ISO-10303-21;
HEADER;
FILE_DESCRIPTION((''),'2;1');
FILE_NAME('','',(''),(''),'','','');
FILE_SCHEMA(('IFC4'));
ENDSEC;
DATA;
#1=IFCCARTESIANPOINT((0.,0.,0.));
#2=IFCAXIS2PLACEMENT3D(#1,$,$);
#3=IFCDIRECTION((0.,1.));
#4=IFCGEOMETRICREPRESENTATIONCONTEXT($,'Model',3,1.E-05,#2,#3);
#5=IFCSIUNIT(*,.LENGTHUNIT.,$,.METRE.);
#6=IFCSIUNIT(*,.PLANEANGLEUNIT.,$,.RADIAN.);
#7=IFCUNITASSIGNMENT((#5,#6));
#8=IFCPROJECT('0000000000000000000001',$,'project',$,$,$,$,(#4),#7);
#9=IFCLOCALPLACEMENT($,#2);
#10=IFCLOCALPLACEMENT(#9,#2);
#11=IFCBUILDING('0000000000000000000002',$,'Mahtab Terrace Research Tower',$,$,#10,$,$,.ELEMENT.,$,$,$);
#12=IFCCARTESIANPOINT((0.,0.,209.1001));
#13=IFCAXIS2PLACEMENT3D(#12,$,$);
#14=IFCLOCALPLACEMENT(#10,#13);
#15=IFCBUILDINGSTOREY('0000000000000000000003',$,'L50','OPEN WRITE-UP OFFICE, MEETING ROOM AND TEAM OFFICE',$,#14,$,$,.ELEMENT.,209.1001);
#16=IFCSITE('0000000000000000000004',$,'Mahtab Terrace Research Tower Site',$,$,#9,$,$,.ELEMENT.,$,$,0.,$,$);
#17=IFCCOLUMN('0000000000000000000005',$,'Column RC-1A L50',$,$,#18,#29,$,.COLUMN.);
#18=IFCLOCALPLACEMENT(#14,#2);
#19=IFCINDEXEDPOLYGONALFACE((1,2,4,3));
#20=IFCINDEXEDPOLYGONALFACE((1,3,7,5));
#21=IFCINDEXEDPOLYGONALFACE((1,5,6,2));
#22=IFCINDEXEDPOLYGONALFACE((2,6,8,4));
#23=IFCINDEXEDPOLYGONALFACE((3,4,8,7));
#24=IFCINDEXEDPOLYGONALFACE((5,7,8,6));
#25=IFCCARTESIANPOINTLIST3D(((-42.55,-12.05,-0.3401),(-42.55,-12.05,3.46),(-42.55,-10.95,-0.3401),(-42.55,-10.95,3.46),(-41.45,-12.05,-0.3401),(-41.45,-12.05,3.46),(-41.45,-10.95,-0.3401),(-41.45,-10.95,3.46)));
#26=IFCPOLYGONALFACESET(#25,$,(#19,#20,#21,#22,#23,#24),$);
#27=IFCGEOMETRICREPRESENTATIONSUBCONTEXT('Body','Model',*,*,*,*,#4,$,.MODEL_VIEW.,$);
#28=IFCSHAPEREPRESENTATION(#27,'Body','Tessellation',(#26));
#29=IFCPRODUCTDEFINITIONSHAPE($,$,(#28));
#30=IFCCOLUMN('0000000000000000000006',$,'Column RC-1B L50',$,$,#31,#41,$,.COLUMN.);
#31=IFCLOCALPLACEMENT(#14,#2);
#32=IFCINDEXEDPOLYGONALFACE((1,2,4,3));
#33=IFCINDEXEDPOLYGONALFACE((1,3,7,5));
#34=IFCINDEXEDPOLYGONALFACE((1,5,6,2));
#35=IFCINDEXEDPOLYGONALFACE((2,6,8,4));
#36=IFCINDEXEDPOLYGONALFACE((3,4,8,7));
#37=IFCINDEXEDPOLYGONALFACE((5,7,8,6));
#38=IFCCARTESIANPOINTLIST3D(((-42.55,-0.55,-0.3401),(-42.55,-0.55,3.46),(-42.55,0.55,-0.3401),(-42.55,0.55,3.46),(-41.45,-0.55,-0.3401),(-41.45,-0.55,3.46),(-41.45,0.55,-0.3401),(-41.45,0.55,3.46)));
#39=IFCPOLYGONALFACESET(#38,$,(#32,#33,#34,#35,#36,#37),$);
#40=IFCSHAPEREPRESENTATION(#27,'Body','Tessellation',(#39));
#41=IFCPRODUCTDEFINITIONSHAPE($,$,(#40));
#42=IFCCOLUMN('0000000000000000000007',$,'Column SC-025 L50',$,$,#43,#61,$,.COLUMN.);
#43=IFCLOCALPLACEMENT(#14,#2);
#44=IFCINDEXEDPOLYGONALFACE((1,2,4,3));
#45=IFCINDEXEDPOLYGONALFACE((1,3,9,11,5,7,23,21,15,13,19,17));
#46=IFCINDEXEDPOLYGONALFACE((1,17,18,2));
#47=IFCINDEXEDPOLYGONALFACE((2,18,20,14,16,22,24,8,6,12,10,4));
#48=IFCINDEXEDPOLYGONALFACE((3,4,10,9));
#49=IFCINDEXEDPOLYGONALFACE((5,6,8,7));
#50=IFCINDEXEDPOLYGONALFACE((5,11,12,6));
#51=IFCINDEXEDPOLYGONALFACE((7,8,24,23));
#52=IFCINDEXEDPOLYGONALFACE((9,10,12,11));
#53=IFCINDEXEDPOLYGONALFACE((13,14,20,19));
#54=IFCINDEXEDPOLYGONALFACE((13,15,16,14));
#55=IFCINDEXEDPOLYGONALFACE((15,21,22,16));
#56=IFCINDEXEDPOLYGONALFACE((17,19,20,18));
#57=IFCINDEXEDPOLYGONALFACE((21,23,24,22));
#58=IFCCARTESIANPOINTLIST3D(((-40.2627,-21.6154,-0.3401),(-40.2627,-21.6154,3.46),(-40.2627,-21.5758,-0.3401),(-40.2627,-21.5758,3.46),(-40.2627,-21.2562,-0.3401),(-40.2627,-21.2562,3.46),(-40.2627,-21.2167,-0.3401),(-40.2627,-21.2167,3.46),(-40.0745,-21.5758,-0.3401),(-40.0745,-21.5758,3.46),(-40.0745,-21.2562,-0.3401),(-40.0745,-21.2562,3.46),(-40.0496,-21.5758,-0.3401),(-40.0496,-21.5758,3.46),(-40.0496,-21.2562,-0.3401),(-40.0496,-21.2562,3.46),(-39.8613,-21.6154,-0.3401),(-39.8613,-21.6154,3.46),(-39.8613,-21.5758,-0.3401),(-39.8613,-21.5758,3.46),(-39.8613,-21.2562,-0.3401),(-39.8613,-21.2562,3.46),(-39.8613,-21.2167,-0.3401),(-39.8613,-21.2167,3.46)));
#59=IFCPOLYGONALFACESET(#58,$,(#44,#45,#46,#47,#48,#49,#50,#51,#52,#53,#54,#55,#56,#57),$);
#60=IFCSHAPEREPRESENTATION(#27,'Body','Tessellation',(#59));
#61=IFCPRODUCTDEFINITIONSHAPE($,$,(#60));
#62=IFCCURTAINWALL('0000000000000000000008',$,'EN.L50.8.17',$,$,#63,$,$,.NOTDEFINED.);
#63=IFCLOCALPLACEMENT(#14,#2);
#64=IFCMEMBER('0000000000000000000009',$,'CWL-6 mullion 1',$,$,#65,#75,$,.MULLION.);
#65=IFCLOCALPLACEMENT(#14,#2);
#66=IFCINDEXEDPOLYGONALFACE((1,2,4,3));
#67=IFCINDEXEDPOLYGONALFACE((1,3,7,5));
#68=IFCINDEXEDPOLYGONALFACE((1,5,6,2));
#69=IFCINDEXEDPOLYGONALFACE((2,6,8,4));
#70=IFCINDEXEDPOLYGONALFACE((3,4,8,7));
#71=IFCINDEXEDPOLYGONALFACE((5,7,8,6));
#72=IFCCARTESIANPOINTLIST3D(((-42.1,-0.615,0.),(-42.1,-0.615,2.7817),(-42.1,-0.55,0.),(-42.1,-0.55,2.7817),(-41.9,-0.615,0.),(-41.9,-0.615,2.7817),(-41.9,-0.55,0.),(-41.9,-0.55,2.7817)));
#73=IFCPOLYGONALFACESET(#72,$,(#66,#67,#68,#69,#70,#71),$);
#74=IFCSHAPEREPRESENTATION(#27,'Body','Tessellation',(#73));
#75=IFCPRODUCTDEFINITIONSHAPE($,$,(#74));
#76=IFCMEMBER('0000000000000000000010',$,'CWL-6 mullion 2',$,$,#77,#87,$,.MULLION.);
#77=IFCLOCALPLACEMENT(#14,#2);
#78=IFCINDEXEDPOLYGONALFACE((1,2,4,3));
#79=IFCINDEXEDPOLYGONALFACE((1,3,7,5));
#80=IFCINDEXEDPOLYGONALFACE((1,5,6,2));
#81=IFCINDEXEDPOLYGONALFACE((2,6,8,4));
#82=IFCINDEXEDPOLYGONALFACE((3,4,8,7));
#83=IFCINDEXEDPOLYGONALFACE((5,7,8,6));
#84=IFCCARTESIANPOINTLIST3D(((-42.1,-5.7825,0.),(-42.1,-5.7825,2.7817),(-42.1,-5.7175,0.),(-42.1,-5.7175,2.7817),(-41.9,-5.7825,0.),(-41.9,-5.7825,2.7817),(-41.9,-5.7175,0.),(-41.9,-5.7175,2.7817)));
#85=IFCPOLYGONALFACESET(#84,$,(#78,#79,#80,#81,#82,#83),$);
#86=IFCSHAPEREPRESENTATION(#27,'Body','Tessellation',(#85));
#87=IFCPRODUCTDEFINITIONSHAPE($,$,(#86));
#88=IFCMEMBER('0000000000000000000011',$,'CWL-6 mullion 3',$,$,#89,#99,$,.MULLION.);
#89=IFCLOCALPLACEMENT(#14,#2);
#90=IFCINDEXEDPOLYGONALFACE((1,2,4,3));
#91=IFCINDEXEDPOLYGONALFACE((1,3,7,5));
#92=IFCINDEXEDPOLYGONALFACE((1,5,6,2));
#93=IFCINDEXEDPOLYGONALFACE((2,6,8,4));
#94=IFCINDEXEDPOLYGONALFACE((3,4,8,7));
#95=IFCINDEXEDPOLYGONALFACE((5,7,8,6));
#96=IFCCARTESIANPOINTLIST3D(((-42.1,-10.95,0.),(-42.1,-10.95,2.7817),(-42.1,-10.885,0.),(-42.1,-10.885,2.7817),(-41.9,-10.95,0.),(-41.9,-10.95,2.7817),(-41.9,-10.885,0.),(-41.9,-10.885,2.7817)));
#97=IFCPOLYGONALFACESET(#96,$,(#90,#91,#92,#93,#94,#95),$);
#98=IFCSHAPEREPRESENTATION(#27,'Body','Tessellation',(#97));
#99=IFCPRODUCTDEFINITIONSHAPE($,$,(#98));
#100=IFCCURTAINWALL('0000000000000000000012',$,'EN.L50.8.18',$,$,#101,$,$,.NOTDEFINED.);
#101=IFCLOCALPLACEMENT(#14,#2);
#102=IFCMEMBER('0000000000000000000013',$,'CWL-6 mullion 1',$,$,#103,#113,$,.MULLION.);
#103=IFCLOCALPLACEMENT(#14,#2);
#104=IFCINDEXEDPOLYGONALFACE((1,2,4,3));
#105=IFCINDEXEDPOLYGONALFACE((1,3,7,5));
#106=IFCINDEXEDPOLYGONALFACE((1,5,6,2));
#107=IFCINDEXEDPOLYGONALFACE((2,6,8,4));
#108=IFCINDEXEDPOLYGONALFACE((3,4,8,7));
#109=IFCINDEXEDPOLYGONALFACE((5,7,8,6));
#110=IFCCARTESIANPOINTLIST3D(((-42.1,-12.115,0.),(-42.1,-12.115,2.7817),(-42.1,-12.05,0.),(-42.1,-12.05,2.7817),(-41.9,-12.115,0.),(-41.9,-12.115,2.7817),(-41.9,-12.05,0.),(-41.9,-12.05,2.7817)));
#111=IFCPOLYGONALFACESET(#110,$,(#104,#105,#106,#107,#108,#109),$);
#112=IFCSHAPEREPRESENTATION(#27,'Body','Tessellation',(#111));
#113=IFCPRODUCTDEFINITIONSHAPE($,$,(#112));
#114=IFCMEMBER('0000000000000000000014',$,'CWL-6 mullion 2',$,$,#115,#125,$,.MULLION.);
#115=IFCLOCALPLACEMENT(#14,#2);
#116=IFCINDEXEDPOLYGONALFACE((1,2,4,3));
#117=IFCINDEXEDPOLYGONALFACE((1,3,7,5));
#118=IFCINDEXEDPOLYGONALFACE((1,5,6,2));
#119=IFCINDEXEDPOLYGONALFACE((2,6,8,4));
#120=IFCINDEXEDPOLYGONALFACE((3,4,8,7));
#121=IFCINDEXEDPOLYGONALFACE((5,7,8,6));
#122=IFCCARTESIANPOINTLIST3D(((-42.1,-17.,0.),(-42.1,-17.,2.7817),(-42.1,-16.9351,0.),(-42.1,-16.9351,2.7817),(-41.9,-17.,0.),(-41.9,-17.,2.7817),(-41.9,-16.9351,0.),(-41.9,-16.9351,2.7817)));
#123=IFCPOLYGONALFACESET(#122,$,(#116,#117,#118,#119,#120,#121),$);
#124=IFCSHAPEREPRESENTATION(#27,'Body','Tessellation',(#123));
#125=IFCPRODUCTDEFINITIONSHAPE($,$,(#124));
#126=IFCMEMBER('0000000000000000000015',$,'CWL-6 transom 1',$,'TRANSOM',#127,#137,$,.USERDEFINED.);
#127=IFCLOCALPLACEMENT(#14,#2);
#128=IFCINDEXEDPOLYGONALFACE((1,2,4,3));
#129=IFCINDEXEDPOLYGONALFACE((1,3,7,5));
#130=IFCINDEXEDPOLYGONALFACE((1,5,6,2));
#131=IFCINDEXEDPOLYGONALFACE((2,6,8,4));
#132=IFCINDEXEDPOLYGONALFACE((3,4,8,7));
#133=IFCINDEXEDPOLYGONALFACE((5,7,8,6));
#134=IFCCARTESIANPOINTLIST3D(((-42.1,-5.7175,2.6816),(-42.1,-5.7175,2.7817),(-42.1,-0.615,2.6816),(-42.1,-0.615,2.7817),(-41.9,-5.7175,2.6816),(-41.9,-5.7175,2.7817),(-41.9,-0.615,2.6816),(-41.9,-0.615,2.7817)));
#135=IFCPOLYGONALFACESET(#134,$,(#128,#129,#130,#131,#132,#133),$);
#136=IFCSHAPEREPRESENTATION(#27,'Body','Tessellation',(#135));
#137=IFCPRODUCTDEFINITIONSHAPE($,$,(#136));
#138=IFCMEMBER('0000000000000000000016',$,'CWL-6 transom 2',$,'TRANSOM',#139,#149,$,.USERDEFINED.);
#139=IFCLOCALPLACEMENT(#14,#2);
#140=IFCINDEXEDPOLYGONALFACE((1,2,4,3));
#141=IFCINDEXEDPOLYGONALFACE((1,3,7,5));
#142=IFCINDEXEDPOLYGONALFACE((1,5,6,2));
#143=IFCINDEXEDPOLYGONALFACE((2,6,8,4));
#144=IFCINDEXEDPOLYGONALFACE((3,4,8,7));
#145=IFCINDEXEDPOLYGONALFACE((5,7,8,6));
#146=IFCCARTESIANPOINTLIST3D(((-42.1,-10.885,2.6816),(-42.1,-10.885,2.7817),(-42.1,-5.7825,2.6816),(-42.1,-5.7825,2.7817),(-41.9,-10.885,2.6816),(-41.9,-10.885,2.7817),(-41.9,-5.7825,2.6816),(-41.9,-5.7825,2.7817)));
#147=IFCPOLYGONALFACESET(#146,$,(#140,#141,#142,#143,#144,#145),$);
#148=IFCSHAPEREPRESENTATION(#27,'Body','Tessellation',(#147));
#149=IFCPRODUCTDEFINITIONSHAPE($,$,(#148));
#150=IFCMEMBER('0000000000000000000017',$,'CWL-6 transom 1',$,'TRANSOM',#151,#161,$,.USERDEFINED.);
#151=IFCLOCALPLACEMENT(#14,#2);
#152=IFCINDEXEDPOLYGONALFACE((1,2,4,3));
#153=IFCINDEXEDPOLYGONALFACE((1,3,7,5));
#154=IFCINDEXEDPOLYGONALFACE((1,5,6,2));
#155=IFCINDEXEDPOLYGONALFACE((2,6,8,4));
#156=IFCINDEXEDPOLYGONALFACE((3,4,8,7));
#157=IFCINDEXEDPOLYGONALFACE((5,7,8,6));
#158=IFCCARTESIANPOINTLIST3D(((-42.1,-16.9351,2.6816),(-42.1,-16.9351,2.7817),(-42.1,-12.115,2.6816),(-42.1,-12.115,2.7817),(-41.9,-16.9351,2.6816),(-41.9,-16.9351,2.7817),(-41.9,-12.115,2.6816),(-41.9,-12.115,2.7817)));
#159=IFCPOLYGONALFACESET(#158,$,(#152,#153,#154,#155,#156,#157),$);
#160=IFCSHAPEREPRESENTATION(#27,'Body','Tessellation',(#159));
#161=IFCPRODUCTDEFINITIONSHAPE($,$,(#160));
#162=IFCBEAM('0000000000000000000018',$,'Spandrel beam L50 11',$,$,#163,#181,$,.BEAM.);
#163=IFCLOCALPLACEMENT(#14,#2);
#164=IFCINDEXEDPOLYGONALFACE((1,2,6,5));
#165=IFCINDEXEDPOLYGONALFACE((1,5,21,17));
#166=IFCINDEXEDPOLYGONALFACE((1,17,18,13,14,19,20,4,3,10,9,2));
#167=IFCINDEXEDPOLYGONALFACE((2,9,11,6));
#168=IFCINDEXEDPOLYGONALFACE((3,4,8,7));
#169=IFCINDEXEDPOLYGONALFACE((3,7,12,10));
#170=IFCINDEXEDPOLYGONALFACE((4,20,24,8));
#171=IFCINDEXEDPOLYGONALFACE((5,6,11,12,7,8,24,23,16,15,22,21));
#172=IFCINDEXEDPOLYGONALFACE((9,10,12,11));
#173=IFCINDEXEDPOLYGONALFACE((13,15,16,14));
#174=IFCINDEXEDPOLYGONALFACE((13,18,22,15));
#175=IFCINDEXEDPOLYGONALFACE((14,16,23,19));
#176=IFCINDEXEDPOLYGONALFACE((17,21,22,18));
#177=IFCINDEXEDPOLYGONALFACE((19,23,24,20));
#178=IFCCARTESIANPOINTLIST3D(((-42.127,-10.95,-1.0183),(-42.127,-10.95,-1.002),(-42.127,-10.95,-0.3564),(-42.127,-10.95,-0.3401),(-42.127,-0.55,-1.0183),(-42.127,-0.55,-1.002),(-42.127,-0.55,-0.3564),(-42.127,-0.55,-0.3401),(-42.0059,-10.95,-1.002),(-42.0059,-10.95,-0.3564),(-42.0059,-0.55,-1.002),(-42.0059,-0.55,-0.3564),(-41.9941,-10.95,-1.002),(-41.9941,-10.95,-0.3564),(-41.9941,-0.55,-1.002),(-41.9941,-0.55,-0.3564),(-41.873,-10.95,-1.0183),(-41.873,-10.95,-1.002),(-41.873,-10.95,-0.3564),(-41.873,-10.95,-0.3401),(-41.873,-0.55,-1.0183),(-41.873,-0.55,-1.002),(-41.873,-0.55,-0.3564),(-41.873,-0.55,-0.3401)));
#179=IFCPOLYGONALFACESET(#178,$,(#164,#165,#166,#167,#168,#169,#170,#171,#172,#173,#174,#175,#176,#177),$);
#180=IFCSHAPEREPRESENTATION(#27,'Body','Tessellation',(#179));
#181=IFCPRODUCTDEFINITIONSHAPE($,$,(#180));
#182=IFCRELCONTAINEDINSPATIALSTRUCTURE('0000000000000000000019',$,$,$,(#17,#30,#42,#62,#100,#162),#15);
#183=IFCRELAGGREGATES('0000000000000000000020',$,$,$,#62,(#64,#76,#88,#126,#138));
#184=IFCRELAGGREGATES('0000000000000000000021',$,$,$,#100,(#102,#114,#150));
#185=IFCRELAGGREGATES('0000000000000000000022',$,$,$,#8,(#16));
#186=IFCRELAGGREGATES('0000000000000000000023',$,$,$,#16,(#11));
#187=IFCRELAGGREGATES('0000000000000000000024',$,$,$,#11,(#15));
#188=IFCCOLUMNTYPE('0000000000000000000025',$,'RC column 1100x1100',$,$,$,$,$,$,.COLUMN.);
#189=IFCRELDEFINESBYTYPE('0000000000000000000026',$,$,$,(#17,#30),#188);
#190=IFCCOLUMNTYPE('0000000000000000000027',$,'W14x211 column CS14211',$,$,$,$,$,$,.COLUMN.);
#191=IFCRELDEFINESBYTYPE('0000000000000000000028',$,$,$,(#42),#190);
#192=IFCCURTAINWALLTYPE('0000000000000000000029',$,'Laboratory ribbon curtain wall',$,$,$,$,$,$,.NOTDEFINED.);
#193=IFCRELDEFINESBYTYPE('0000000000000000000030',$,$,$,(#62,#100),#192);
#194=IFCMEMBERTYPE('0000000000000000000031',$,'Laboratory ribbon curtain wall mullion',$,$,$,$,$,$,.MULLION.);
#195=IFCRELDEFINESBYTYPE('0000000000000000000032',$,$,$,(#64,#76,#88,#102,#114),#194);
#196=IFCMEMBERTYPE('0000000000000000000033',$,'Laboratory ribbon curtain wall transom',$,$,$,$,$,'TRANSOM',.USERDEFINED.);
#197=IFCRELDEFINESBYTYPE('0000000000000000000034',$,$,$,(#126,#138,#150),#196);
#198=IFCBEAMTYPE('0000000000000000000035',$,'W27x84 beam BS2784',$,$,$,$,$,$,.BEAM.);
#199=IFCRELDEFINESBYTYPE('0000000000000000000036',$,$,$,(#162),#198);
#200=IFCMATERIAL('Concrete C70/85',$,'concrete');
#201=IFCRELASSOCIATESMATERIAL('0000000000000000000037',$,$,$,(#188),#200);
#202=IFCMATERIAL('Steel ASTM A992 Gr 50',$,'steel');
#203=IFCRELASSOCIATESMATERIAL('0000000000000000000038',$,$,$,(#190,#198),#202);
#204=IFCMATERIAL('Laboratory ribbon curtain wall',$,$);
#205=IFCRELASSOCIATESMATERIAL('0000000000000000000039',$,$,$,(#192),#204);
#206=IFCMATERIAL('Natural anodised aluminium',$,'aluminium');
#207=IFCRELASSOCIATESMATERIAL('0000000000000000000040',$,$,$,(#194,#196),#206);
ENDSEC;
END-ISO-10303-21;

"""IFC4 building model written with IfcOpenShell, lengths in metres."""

from ifc_helpers import new_model, si_unit, direction, frame, origin, origin_2d, place, context, subcontext, project, spatial, rectangle, i_section, extrude, material, material_profile, profile_set, type_object, element, aggregate, save


model = new_model("IFC4")

# Units and contexts
model_context = context("Model", 3, precision=1e-05, world=origin(), true_north=direction((0.0, 1.0)))
body_context = subcontext(model_context, "Body", "Model", "MODEL_VIEW")
ifc_project = project(units=[si_unit("LENGTHUNIT", "METRE"), si_unit("PLANEANGLEUNIT", "RADIAN")], contexts=[model_context])

# Site, building, storey
site_placement = place(None, origin())
site = spatial("IfcSite", under=ifc_project, at=site_placement, Name="Mahtab Terrace Research Tower Site", CompositionType="ELEMENT", RefElevation=0.0)
building_placement = place(site_placement, origin())
building = spatial("IfcBuilding", under=site, at=building_placement, Name="Mahtab Terrace Research Tower", CompositionType="ELEMENT")
storey_placement = place(building_placement, frame((0.0, 0.0, 209.1001)))
storey = spatial("IfcBuildingStorey", under=building, at=storey_placement, Name="L50", Description="OPEN WRITE-UP OFFICE, MEETING ROOM AND TEAM OFFICE", CompositionType="ELEMENT", Elevation=209.1001)

# Columns
ifc_material_1 = material(Name="Concrete C70/85", Category="concrete")
ifc_material_profile_1 = material_profile(ifc_material_1, rectangle(XDim=1.1001, YDim=1.1001, at=origin_2d()), Name="RC column 1100x1100")
ifc_profile_set_1 = profile_set([ifc_material_profile_1], Name="Concrete C70/85")
column_type_1 = type_object("IfcColumnType", Name="RC column 1100x1100", PredefinedType="COLUMN", material=ifc_profile_set_1)
for number, where, z_axis, x_axis, name in (
    (1, (-42.0, -11.5, -0.3401), (0.0, 0.0, 1.0), (1.0, 0.0, 0.0), "Column RC-1A L50"),
    (2, (-42.0, 0.0, -0.3401), (0.0, 0.0, 1.0), (1.0, 0.0, 0.0), "Column RC-1B L50"),
):
    element("IfcColumn", number, at=place(storey_placement, frame(where, z_axis=z_axis, x_axis=x_axis)), inside=storey, type_object=column_type_1, Name=name, PredefinedType="COLUMN", context=body_context, shape_type="SweptSolid", body=[
        extrude(rectangle(XDim=1.1001, YDim=1.1001, at=origin_2d()), origin(), (0.0, 0.0, 1.0), 3.8),
    ])
ifc_material_2 = material(Name="Steel ASTM A992 Gr 50", Category="steel")
ifc_material_profile_2 = material_profile(ifc_material_2, i_section(OverallWidth=0.4014, OverallDepth=0.3987, WebThickness=0.0249, FlangeThickness=0.0396, at=origin_2d()), Name="W14X211")
ifc_profile_set_2 = profile_set([ifc_material_profile_2], Name="Steel ASTM A992 Gr 50")
column_type_2 = type_object("IfcColumnType", Name="W14x211 column CS14211", PredefinedType="COLUMN", material=ifc_profile_set_2)
column_placement = place(storey_placement, frame((-40.062, -21.416, -0.3401), z_axis=(0.0, 0.0, 1.0), x_axis=(1.0, 0.0, 0.0)))
element("IfcColumn", 3, at=column_placement, inside=storey, type_object=column_type_2, Name="Column SC-025 L50", PredefinedType="COLUMN", context=body_context, shape_type="SweptSolid", body=[
    extrude(i_section(OverallWidth=0.4014, OverallDepth=0.3987, WebThickness=0.0249, FlangeThickness=0.0396, at=origin_2d()), origin(), (0.0, 0.0, 1.0), 3.8),
])

# Curtain walls, members
ifc_material_3 = material(Name="Laboratory ribbon curtain wall")
curtain_wall_type = type_object("IfcCurtainWallType", Name="Laboratory ribbon curtain wall", PredefinedType="NOTDEFINED", material=ifc_material_3)
curtain_wall_1_placement = place(storey_placement, origin())
curtain_wall_1 = element("IfcCurtainWall", 4, at=curtain_wall_1_placement, inside=storey, type_object=curtain_wall_type, Name="EN.L50.8.17", PredefinedType="NOTDEFINED")
ifc_material_4 = material(Name="Natural anodised aluminium", Category="aluminium")
ifc_material_profile_3 = material_profile(ifc_material_4, rectangle(XDim=0.2, YDim=0.0649, at=origin_2d()), Name="MULLION 65x200")
ifc_profile_set_3 = profile_set([ifc_material_profile_3], Name="Natural anodised aluminium")
member_type_1 = type_object("IfcMemberType", Name="Laboratory ribbon curtain wall mullion", PredefinedType="MULLION", material=ifc_profile_set_3)
member_1_placement = place(storey_placement, frame((-42.0, -0.5825, 0.0), z_axis=(0.0, 0.0, 1.0), x_axis=(1.0, 0.0, 0.0)))
member_1 = element("IfcMember", 5, at=member_1_placement, type_object=member_type_1, Name="CWL-6 mullion 1", PredefinedType="MULLION", context=body_context, shape_type="SweptSolid", body=[
    extrude(rectangle(XDim=0.2, YDim=0.0649, at=origin_2d()), origin(), (0.0, 0.0, 1.0), 2.7817),
])
member_2_placement = place(storey_placement, frame((-42.0, -5.75, 0.0), z_axis=(0.0, 0.0, 1.0), x_axis=(1.0, 0.0, 0.0)))
member_2 = element("IfcMember", 6, at=member_2_placement, type_object=member_type_1, Name="CWL-6 mullion 2", PredefinedType="MULLION", context=body_context, shape_type="SweptSolid", body=[
    extrude(rectangle(XDim=0.2, YDim=0.0649, at=origin_2d()), origin(), (0.0, 0.0, 1.0), 2.7817),
])
member_3_placement = place(storey_placement, frame((-42.0, -10.9175, 0.0), z_axis=(0.0, 0.0, 1.0), x_axis=(1.0, 0.0, 0.0)))
member_3 = element("IfcMember", 7, at=member_3_placement, type_object=member_type_1, Name="CWL-6 mullion 3", PredefinedType="MULLION", context=body_context, shape_type="SweptSolid", body=[
    extrude(rectangle(XDim=0.2, YDim=0.0649, at=origin_2d()), origin(), (0.0, 0.0, 1.0), 2.7817),
])
curtain_wall_2_placement = place(storey_placement, origin())
curtain_wall_2 = element("IfcCurtainWall", 8, at=curtain_wall_2_placement, inside=storey, type_object=curtain_wall_type, Name="EN.L50.8.18", PredefinedType="NOTDEFINED")
member_4_placement = place(storey_placement, frame((-42.0, -12.0825, 0.0), z_axis=(0.0, 0.0, 1.0), x_axis=(1.0, 0.0, 0.0)))
member_4 = element("IfcMember", 9, at=member_4_placement, type_object=member_type_1, Name="CWL-6 mullion 1", PredefinedType="MULLION", context=body_context, shape_type="SweptSolid", body=[
    extrude(rectangle(XDim=0.2, YDim=0.0649, at=origin_2d()), origin(), (0.0, 0.0, 1.0), 2.7817),
])
member_5_placement = place(storey_placement, frame((-42.0, -16.9675, 0.0), z_axis=(0.0, 0.0, 1.0), x_axis=(1.0, 0.0, 0.0)))
member_5 = element("IfcMember", 10, at=member_5_placement, type_object=member_type_1, Name="CWL-6 mullion 2", PredefinedType="MULLION", context=body_context, shape_type="SweptSolid", body=[
    extrude(rectangle(XDim=0.2, YDim=0.0649, at=origin_2d()), origin(), (0.0, 0.0, 1.0), 2.7817),
])

# Members
ifc_material_profile_4 = material_profile(ifc_material_4, rectangle(XDim=0.2, YDim=0.1001, at=origin_2d()), Name="TRANSOM 100x200")
ifc_profile_set_4 = profile_set([ifc_material_profile_4], Name="Natural anodised aluminium")
member_type_2 = type_object("IfcMemberType", Name="Laboratory ribbon curtain wall transom", ElementType="TRANSOM", PredefinedType="USERDEFINED", material=ifc_profile_set_4)
member_6_placement = place(storey_placement, frame((-42.0, -0.615, 2.7317), z_axis=(0.0, -1.0, 0.0), x_axis=(1.0, 0.0, 0.0)))
member_6 = element("IfcMember", 11, at=member_6_placement, type_object=member_type_2, Name="CWL-6 transom 1", ObjectType="TRANSOM", PredefinedType="USERDEFINED", context=body_context, shape_type="SweptSolid", body=[
    extrude(rectangle(XDim=0.2, YDim=0.1001, at=origin_2d()), origin(), (0.0, 0.0, 1.0), 5.1025),
])
member_7_placement = place(storey_placement, frame((-42.0, -5.7825, 2.7317), z_axis=(0.0, -1.0, 0.0), x_axis=(1.0, 0.0, 0.0)))
member_7 = element("IfcMember", 12, at=member_7_placement, type_object=member_type_2, Name="CWL-6 transom 2", ObjectType="TRANSOM", PredefinedType="USERDEFINED", context=body_context, shape_type="SweptSolid", body=[
    extrude(rectangle(XDim=0.2, YDim=0.1001, at=origin_2d()), origin(), (0.0, 0.0, 1.0), 5.1025),
])
member_8_placement = place(storey_placement, frame((-42.0, -12.115, 2.7317), z_axis=(0.0, -1.0, 0.0), x_axis=(1.0, 0.0, 0.0)))
member_8 = element("IfcMember", 13, at=member_8_placement, type_object=member_type_2, Name="CWL-6 transom 1", ObjectType="TRANSOM", PredefinedType="USERDEFINED", context=body_context, shape_type="SweptSolid", body=[
    extrude(rectangle(XDim=0.2, YDim=0.1001, at=origin_2d()), origin(), (0.0, 0.0, 1.0), 4.8201),
])

# Beam
ifc_material_profile_5 = material_profile(ifc_material_2, i_section(OverallWidth=0.2539, OverallDepth=0.6782, WebThickness=0.0117, FlangeThickness=0.0164, at=origin_2d()), Name="W27X84")
ifc_profile_set_5 = profile_set([ifc_material_profile_5], Name="Steel ASTM A992 Gr 50")
beam_type = type_object("IfcBeamType", Name="W27x84 beam BS2784", PredefinedType="BEAM", material=ifc_profile_set_5)
beam_1_placement = place(storey_placement, frame((-42.0, -0.55, -0.6792), z_axis=(0.0, -1.0, 0.0), x_axis=(1.0, 0.0, 0.0)))
element("IfcBeam", 14, at=beam_1_placement, inside=storey, type_object=beam_type, Name="Spandrel beam L50 11", PredefinedType="BEAM", context=body_context, shape_type="SweptSolid", body=[
    extrude(i_section(OverallWidth=0.2539, OverallDepth=0.6782, WebThickness=0.0117, FlangeThickness=0.0164, at=origin_2d()), origin(), (0.0, 0.0, 1.0), 10.3999),
])

aggregate(curtain_wall_1, [member_1, member_2, member_3, member_6, member_7])
aggregate(curtain_wall_2, [member_4, member_5, member_8])

save(model, "model.ifc")
